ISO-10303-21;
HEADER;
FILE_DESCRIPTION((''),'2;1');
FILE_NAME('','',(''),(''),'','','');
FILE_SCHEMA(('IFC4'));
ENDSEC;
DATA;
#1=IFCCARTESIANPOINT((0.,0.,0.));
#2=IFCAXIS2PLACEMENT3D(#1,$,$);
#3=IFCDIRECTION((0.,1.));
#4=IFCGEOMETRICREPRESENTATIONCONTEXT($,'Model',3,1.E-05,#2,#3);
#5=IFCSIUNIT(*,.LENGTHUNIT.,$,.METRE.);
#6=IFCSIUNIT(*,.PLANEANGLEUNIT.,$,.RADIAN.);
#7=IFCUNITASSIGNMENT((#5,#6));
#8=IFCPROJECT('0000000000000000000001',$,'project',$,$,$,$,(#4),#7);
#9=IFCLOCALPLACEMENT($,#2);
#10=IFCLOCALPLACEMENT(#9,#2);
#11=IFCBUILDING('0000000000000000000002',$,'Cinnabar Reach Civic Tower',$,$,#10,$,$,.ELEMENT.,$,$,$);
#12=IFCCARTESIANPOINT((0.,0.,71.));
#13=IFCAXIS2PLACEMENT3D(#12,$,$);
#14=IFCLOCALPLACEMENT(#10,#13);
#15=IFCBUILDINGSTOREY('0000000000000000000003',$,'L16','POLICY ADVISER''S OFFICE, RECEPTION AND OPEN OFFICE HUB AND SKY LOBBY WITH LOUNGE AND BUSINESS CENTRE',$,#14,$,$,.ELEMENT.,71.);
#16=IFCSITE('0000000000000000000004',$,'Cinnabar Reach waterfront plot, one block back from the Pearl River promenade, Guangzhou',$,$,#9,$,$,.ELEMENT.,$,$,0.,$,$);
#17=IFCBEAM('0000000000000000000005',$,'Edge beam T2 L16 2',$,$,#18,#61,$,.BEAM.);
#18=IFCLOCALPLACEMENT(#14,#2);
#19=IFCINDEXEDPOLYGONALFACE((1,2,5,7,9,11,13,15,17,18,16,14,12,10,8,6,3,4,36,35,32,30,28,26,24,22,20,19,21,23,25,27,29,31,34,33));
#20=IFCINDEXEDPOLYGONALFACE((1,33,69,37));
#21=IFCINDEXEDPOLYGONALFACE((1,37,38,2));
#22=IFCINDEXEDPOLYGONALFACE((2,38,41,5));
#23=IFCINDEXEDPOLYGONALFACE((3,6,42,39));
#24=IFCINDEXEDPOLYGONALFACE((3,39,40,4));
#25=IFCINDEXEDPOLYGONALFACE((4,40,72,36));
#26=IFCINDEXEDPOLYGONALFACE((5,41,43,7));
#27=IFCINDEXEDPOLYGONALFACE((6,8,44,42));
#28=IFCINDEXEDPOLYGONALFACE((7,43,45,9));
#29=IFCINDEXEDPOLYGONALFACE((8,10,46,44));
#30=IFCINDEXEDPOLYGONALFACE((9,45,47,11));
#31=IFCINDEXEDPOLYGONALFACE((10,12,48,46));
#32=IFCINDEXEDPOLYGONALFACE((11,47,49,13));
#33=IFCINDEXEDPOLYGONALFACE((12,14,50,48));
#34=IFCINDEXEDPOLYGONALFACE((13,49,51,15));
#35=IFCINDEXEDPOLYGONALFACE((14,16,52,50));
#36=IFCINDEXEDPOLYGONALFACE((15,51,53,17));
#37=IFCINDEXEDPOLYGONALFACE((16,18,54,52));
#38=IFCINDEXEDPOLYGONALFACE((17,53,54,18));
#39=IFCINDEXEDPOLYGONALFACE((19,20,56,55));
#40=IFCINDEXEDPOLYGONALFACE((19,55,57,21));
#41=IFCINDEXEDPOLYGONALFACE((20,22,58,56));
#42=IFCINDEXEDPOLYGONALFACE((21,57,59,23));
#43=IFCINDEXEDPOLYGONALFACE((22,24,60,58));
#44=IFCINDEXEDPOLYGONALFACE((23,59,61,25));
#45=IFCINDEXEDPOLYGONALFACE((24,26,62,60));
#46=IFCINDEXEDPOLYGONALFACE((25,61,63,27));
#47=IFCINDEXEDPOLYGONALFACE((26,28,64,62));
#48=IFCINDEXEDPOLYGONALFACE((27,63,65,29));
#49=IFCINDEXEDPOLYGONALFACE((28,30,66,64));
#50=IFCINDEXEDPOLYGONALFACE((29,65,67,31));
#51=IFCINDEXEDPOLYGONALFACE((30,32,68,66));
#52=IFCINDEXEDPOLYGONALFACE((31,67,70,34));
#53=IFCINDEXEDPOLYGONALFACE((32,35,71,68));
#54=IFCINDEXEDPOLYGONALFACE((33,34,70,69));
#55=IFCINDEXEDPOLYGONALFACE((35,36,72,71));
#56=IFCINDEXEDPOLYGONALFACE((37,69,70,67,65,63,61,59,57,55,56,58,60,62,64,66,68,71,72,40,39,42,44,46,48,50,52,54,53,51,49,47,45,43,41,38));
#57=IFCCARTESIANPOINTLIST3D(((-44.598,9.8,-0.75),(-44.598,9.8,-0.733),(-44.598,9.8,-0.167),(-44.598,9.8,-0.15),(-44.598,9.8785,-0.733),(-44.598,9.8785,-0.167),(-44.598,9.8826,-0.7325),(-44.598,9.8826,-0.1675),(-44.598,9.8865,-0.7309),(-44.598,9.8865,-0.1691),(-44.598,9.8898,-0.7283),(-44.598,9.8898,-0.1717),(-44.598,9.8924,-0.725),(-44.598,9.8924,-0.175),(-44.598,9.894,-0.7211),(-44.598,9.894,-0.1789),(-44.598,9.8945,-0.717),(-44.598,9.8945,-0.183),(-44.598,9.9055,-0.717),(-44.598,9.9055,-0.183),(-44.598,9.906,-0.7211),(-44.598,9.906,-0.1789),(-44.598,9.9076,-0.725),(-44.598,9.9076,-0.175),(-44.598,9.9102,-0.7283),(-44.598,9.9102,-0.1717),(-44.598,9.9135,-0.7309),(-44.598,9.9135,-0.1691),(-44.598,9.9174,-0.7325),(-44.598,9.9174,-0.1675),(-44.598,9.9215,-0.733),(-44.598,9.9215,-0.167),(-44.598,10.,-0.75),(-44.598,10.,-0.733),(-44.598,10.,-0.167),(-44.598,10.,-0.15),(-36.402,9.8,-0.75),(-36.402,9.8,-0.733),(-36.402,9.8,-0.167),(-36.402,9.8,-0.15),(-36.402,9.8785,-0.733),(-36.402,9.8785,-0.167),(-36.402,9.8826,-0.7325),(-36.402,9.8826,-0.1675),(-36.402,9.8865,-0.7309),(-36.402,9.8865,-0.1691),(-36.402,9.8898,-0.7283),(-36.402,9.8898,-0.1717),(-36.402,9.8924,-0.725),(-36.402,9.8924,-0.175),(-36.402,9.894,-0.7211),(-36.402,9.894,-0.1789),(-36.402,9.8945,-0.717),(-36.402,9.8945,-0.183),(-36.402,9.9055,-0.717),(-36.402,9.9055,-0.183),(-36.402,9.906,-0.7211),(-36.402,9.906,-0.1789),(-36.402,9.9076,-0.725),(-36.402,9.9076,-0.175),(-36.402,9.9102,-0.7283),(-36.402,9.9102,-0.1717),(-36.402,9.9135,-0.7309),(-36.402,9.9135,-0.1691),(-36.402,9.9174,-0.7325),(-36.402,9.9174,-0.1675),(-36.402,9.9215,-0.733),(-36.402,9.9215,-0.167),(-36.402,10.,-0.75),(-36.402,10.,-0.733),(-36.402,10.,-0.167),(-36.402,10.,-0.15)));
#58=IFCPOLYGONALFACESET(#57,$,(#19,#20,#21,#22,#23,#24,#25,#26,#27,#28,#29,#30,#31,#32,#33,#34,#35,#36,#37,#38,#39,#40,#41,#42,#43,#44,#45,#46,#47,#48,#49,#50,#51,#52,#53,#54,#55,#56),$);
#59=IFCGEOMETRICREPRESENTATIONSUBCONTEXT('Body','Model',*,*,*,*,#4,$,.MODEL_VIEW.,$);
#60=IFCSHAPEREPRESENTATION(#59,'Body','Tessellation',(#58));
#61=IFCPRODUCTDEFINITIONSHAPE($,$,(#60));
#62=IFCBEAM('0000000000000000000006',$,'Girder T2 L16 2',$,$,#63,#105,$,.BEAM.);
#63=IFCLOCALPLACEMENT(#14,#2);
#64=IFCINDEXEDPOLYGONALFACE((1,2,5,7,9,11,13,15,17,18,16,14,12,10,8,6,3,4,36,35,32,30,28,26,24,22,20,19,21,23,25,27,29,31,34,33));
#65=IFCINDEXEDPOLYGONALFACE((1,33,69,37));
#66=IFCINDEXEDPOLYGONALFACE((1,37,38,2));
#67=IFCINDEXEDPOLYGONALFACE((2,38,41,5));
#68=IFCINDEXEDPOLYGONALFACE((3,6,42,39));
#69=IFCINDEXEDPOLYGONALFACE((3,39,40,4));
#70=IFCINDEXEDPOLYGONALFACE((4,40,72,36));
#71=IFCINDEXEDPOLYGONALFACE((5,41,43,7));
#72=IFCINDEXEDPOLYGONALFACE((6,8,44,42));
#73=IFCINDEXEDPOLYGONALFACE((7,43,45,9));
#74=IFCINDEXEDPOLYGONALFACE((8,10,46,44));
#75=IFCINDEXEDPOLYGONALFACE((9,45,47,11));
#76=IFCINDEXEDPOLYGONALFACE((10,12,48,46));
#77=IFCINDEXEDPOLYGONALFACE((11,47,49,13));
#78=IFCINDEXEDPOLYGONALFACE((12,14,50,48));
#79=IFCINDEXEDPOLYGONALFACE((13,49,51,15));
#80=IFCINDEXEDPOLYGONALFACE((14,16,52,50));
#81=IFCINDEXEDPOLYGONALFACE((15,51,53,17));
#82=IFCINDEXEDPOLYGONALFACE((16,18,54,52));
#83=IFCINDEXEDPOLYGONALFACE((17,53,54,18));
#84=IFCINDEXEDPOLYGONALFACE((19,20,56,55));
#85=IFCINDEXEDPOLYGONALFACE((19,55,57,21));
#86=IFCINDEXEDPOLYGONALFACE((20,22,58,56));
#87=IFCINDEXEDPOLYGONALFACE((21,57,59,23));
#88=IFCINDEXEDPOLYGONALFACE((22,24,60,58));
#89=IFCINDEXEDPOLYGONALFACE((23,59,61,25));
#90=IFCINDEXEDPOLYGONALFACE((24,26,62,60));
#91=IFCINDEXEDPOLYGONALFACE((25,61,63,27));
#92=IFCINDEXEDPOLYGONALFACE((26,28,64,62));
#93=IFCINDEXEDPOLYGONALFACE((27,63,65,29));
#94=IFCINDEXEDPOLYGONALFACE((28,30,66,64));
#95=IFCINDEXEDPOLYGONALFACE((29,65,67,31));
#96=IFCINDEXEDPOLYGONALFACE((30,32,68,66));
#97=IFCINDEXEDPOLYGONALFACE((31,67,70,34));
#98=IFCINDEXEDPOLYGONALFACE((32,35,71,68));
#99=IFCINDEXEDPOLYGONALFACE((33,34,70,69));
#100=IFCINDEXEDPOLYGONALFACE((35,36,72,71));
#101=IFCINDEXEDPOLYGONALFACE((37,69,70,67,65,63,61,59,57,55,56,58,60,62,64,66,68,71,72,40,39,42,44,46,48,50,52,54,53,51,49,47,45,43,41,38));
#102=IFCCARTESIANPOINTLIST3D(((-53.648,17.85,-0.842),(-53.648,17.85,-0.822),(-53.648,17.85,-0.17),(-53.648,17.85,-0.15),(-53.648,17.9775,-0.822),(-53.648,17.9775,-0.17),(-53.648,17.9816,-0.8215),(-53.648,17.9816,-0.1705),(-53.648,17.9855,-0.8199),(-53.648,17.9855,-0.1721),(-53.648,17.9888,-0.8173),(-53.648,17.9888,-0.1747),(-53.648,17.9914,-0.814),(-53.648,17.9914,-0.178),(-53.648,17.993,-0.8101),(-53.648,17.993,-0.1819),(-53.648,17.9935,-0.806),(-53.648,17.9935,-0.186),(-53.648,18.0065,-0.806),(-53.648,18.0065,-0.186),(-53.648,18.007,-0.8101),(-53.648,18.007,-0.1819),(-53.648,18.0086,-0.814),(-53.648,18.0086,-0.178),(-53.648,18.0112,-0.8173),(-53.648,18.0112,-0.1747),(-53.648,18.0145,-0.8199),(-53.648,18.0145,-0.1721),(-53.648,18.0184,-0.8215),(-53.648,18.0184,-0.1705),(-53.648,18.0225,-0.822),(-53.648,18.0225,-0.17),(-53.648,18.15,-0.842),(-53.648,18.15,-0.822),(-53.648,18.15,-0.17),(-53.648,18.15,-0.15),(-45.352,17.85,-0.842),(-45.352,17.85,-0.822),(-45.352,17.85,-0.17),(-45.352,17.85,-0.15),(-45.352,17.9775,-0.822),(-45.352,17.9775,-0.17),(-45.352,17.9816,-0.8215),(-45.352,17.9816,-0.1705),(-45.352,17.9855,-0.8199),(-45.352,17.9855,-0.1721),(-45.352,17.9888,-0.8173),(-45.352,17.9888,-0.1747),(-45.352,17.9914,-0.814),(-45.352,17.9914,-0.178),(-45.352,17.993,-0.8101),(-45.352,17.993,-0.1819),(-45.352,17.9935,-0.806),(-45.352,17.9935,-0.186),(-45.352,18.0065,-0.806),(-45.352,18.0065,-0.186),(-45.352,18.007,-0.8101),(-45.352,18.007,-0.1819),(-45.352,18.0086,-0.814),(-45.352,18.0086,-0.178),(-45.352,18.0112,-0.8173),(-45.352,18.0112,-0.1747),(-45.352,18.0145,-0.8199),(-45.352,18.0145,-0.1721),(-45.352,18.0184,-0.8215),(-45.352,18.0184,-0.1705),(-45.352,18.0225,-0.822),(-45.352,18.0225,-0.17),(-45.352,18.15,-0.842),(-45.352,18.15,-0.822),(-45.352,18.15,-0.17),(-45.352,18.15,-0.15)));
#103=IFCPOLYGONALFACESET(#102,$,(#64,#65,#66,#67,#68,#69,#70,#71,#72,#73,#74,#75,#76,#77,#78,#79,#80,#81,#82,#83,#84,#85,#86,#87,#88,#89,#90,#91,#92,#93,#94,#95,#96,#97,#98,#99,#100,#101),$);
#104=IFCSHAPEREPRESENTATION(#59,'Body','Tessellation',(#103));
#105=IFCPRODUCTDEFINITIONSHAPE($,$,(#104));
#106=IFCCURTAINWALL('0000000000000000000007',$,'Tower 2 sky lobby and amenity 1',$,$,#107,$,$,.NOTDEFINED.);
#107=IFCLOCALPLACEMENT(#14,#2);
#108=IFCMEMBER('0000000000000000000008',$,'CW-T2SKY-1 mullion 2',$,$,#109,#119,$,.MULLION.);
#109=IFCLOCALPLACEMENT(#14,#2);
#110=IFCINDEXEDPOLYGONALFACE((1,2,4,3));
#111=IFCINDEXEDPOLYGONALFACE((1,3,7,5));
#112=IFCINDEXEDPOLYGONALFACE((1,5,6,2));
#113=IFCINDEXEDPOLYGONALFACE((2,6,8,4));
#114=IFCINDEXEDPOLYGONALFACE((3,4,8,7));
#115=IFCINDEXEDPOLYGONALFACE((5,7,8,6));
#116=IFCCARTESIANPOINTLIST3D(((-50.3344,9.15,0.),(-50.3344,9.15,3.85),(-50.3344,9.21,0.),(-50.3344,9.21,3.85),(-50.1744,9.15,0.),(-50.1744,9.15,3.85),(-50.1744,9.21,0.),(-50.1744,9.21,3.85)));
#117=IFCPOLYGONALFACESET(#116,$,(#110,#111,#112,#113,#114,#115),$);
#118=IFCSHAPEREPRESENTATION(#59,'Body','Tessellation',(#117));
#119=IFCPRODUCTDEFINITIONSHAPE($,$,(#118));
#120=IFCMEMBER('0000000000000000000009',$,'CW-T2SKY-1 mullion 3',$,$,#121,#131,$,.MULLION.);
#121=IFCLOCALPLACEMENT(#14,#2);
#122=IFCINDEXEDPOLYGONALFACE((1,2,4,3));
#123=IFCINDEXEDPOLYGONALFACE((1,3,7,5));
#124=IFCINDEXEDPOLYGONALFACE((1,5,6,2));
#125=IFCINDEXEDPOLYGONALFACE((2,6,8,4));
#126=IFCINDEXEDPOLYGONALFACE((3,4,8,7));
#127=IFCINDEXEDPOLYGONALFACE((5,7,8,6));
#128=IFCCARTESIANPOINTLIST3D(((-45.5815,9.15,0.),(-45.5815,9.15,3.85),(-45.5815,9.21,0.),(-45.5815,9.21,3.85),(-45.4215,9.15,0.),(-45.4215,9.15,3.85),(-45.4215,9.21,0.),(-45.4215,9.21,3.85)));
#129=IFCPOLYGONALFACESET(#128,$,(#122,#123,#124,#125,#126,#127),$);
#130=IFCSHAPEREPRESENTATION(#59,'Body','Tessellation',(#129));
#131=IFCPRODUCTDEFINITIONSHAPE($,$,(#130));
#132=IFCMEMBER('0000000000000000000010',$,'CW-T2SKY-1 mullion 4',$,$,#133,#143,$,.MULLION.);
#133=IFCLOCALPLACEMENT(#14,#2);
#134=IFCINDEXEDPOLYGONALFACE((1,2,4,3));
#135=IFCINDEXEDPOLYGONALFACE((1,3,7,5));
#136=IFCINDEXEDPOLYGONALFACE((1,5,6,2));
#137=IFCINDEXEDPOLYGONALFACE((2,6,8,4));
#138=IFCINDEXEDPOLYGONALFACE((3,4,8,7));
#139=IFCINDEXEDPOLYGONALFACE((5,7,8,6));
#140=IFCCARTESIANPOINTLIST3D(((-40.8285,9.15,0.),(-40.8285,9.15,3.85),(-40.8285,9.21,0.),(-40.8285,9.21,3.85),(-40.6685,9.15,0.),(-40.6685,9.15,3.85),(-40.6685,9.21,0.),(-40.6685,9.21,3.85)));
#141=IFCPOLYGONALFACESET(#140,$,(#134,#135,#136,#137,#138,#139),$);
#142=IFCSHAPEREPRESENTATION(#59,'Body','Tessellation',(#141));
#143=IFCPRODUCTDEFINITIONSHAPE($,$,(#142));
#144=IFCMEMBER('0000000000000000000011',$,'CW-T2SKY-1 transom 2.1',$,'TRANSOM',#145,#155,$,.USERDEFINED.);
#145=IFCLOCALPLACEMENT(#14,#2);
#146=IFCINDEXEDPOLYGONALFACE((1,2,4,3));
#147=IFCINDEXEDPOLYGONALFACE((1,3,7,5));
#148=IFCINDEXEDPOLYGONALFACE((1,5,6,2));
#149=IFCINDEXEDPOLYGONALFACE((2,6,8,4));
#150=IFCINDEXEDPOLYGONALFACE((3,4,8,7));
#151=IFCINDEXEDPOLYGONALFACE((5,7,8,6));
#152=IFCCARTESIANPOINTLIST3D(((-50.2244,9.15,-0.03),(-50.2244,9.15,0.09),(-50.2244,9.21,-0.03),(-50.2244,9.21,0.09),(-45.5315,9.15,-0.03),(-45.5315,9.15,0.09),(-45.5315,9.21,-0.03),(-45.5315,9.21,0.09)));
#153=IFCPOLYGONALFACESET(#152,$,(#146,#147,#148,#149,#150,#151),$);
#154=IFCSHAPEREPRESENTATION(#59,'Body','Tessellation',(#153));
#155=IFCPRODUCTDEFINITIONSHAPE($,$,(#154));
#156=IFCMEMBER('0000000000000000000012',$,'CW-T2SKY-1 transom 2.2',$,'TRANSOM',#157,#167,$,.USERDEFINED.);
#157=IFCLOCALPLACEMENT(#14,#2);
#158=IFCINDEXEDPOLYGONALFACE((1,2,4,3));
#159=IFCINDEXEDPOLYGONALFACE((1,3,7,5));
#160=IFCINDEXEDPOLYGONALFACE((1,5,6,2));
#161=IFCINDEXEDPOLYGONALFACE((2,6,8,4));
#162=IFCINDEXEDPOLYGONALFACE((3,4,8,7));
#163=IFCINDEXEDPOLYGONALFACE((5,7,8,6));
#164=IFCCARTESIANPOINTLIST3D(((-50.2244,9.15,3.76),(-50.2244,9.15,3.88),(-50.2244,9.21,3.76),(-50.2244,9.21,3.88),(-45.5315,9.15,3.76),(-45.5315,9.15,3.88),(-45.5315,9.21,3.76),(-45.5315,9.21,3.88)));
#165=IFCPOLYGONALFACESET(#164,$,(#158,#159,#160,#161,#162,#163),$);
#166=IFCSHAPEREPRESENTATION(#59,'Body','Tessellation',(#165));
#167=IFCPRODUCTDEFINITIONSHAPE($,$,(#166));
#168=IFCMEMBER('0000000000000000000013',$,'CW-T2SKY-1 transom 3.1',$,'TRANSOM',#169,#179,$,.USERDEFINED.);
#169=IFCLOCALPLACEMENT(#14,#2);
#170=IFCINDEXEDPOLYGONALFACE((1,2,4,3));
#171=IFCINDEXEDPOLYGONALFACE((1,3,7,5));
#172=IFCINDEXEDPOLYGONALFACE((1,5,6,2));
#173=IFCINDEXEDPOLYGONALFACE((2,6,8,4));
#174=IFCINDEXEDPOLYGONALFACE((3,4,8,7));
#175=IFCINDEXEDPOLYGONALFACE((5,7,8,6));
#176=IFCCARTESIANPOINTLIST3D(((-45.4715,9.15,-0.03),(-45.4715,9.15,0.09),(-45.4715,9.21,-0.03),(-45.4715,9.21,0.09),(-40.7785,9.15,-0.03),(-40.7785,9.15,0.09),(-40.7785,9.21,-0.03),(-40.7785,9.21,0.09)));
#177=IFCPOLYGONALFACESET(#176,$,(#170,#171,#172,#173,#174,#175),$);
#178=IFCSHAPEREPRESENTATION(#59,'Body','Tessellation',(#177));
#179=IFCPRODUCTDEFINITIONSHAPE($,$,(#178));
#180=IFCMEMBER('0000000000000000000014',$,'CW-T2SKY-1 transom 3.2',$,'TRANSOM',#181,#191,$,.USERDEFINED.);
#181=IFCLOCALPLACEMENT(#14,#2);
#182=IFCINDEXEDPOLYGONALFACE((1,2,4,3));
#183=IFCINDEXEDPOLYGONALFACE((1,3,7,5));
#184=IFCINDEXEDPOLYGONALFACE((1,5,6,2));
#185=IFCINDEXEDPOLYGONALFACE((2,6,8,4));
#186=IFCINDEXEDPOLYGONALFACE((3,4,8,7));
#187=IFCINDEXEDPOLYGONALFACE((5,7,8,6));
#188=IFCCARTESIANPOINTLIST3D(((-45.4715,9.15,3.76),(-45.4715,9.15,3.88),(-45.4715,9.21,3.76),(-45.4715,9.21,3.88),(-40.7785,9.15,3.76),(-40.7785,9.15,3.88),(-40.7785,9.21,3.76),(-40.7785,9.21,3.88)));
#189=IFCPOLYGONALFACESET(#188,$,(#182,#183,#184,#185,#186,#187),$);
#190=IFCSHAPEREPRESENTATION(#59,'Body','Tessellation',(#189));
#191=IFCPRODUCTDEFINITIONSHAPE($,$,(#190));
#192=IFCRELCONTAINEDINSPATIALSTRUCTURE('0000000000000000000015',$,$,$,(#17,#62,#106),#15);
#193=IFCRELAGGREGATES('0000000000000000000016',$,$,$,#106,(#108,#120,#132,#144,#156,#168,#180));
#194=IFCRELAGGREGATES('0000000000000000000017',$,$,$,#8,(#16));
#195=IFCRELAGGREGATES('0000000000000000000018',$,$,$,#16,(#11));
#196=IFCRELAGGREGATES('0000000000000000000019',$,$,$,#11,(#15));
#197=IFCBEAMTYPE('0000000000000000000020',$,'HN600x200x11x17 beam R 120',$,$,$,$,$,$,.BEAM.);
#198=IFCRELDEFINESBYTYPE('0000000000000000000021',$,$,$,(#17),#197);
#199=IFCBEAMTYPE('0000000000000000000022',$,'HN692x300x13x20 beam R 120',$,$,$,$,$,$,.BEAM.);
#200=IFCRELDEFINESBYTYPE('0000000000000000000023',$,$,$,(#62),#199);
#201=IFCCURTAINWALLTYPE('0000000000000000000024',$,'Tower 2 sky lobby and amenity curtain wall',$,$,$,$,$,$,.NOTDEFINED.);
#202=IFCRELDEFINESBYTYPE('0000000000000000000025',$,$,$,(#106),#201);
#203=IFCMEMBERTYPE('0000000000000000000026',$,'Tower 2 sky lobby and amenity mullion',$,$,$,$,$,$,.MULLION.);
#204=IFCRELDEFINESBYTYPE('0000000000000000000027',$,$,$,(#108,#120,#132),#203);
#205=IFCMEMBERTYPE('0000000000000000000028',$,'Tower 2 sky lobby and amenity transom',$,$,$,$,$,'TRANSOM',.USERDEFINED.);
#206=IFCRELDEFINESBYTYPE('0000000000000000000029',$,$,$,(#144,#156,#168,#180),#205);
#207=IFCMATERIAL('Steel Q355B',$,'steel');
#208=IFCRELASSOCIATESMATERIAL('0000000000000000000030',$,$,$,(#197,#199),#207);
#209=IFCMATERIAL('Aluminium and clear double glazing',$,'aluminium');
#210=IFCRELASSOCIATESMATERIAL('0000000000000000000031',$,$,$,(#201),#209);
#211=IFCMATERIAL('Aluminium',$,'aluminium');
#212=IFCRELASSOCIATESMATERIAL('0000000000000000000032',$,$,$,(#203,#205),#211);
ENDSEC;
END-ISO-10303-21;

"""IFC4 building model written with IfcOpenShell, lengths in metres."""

from ifc_helpers import new_model, si_unit, direction, frame, origin, origin_2d, place, context, subcontext, project, spatial, rectangle, i_section, extrude, material, material_profile, profile_set, type_object, element, aggregate, save


model = new_model("IFC4")

# Units and contexts
model_context = context("Model", 3, precision=1e-05, world=origin(), true_north=direction((0.0, 1.0)))
body_context = subcontext(model_context, "Body", "Model", "MODEL_VIEW")
ifc_project = project(units=[si_unit("LENGTHUNIT", "METRE"), si_unit("PLANEANGLEUNIT", "RADIAN")], contexts=[model_context])

# Site, building, storey
site_placement = place(None, origin())
site = spatial("IfcSite", under=ifc_project, at=site_placement, Name="Cinnabar Reach waterfront plot, one block back from the Pearl River promenade, Guangzhou", CompositionType="ELEMENT", RefElevation=0.0)
building_placement = place(site_placement, origin())
building = spatial("IfcBuilding", under=site, at=building_placement, Name="Cinnabar Reach Civic Tower", CompositionType="ELEMENT")
storey_placement = place(building_placement, frame((0.0, 0.0, 71.0)))
storey = spatial("IfcBuildingStorey", under=building, at=storey_placement, Name="L16", Description="POLICY ADVISER'S OFFICE, RECEPTION AND OPEN OFFICE HUB AND SKY LOBBY WITH LOUNGE AND BUSINESS CENTRE", CompositionType="ELEMENT", Elevation=71.0)

# Beams
ifc_material_1 = material(Name="Steel Q355B", Category="steel")
ifc_material_profile_1 = material_profile(ifc_material_1, i_section(OverallWidth=0.2, OverallDepth=0.6, WebThickness=0.011, FlangeThickness=0.017, FilletRadius=0.016, at=origin_2d()), Name="HN600x200x11x17")
ifc_profile_set_1 = profile_set([ifc_material_profile_1], Name="Steel Q355B")
beam_type_1 = type_object("IfcBeamType", Name="HN600x200x11x17 beam R 120", PredefinedType="BEAM", material=ifc_profile_set_1)
beam_1_placement = place(storey_placement, frame((-44.598, 9.9, -0.45), z_axis=(1.0, 0.0, 0.0), x_axis=(0.0, 1.0, 0.0)))
element("IfcBeam", 1, at=beam_1_placement, inside=storey, type_object=beam_type_1, Name="Edge beam T2 L16 2", PredefinedType="BEAM", context=body_context, shape_type="SweptSolid", body=[
    extrude(i_section(OverallWidth=0.2, OverallDepth=0.6, WebThickness=0.011, FlangeThickness=0.017, FilletRadius=0.016, at=origin_2d()), origin(), (0.0, 0.0, 1.0), 8.196),
])
ifc_material_profile_2 = material_profile(ifc_material_1, i_section(OverallWidth=0.3, OverallDepth=0.692, WebThickness=0.013, FlangeThickness=0.02, FilletRadius=0.016, at=origin_2d()), Name="HN692x300x13x20")
ifc_profile_set_2 = profile_set([ifc_material_profile_2], Name="Steel Q355B")
beam_type_2 = type_object("IfcBeamType", Name="HN692x300x13x20 beam R 120", PredefinedType="BEAM", material=ifc_profile_set_2)
beam_2_placement = place(storey_placement, frame((-53.648, 18.0, -0.496), z_axis=(1.0, 0.0, 0.0), x_axis=(0.0, 1.0, 0.0)))
element("IfcBeam", 2, at=beam_2_placement, inside=storey, type_object=beam_type_2, Name="Girder T2 L16 2", PredefinedType="BEAM", context=body_context, shape_type="SweptSolid", body=[
    extrude(i_section(OverallWidth=0.3, OverallDepth=0.692, WebThickness=0.013, FlangeThickness=0.02, FilletRadius=0.016, at=origin_2d()), origin(), (0.0, 0.0, 1.0), 8.296),
])

# Curtain wall, members
ifc_material_2 = material(Name="Aluminium and clear double glazing", Category="aluminium")
curtain_wall_type = type_object("IfcCurtainWallType", Name="Tower 2 sky lobby and amenity curtain wall", PredefinedType="NOTDEFINED", material=ifc_material_2)
curtain_wall_placement = place(storey_placement, origin())
curtain_wall = element("IfcCurtainWall", 3, at=curtain_wall_placement, inside=storey, type_object=curtain_wall_type, Name="Tower 2 sky lobby and amenity 1", PredefinedType="NOTDEFINED")
ifc_material_3 = material(Name="Aluminium", Category="aluminium")
ifc_material_profile_3 = material_profile(ifc_material_3, rectangle(XDim=0.06, YDim=0.16, at=origin_2d()), Name="Tower 2 sky lobby and amenity mullion")
ifc_profile_set_3 = profile_set([ifc_material_profile_3], Name="Aluminium")
member_type_1 = type_object("IfcMemberType", Name="Tower 2 sky lobby and amenity mullion", PredefinedType="MULLION", material=ifc_profile_set_3)
member_1_placement = place(storey_placement, frame((-50.2544, 9.18, 0.0), z_axis=(0.0, 0.0, 1.0), x_axis=(0.0, 1.0, 0.0)))
member_1 = element("IfcMember", 4, at=member_1_placement, type_object=member_type_1, Name="CW-T2SKY-1 mullion 2", PredefinedType="MULLION", context=body_context, shape_type="SweptSolid", body=[
    extrude(rectangle(XDim=0.06, YDim=0.16, at=origin_2d()), origin(), (0.0, 0.0, 1.0), 3.85),
])
member_2_placement = place(storey_placement, frame((-45.5015, 9.18, 0.0), z_axis=(0.0, 0.0, 1.0), x_axis=(0.0, 1.0, 0.0)))
member_2 = element("IfcMember", 5, at=member_2_placement, type_object=member_type_1, Name="CW-T2SKY-1 mullion 3", PredefinedType="MULLION", context=body_context, shape_type="SweptSolid", body=[
    extrude(rectangle(XDim=0.06, YDim=0.16, at=origin_2d()), origin(), (0.0, 0.0, 1.0), 3.85),
])
member_3_placement = place(storey_placement, frame((-40.7485, 9.18, 0.0), z_axis=(0.0, 0.0, 1.0), x_axis=(0.0, 1.0, 0.0)))
member_3 = element("IfcMember", 6, at=member_3_placement, type_object=member_type_1, Name="CW-T2SKY-1 mullion 4", PredefinedType="MULLION", context=body_context, shape_type="SweptSolid", body=[
    extrude(rectangle(XDim=0.06, YDim=0.16, at=origin_2d()), origin(), (0.0, 0.0, 1.0), 3.85),
])
ifc_material_profile_4 = material_profile(ifc_material_3, rectangle(XDim=0.06, YDim=0.12, at=origin_2d()), Name="Tower 2 sky lobby and amenity transom")
ifc_profile_set_4 = profile_set([ifc_material_profile_4], Name="Aluminium")
member_type_2 = type_object("IfcMemberType", Name="Tower 2 sky lobby and amenity transom", ElementType="TRANSOM", PredefinedType="USERDEFINED", material=ifc_profile_set_4)
member_4_placement = place(storey_placement, frame((-50.2244, 9.18, 0.03), z_axis=(1.0, 0.0, 0.0), x_axis=(0.0, 1.0, 0.0)))
member_4 = element("IfcMember", 7, at=member_4_placement, type_object=member_type_2, Name="CW-T2SKY-1 transom 2.1", ObjectType="TRANSOM", PredefinedType="USERDEFINED", context=body_context, shape_type="SweptSolid", body=[
    extrude(rectangle(XDim=0.06, YDim=0.12, at=origin_2d()), origin(), (0.0, 0.0, 1.0), 4.6929),
])
member_5_placement = place(storey_placement, frame((-50.2244, 9.18, 3.82), z_axis=(1.0, 0.0, 0.0), x_axis=(0.0, 1.0, 0.0)))
member_5 = element("IfcMember", 8, at=member_5_placement, type_object=member_type_2, Name="CW-T2SKY-1 transom 2.2", ObjectType="TRANSOM", PredefinedType="USERDEFINED", context=body_context, shape_type="SweptSolid", body=[
    extrude(rectangle(XDim=0.06, YDim=0.12, at=origin_2d()), origin(), (0.0, 0.0, 1.0), 4.6929),
])
member_6_placement = place(storey_placement, frame((-45.4715, 9.18, 0.03), z_axis=(1.0, 0.0, 0.0), x_axis=(0.0, 1.0, 0.0)))
member_6 = element("IfcMember", 9, at=member_6_placement, type_object=member_type_2, Name="CW-T2SKY-1 transom 3.1", ObjectType="TRANSOM", PredefinedType="USERDEFINED", context=body_context, shape_type="SweptSolid", body=[
    extrude(rectangle(XDim=0.06, YDim=0.12, at=origin_2d()), origin(), (0.0, 0.0, 1.0), 4.693),
])
member_7_placement = place(storey_placement, frame((-45.4715, 9.18, 3.82), z_axis=(1.0, 0.0, 0.0), x_axis=(0.0, 1.0, 0.0)))
member_7 = element("IfcMember", 10, at=member_7_placement, type_object=member_type_2, Name="CW-T2SKY-1 transom 3.2", ObjectType="TRANSOM", PredefinedType="USERDEFINED", context=body_context, shape_type="SweptSolid", body=[
    extrude(rectangle(XDim=0.06, YDim=0.12, at=origin_2d()), origin(), (0.0, 0.0, 1.0), 4.693),
])
aggregate(curtain_wall, [member_1, member_2, member_3, member_4, member_5, member_6, member_7])

save(model, "model.ifc")
